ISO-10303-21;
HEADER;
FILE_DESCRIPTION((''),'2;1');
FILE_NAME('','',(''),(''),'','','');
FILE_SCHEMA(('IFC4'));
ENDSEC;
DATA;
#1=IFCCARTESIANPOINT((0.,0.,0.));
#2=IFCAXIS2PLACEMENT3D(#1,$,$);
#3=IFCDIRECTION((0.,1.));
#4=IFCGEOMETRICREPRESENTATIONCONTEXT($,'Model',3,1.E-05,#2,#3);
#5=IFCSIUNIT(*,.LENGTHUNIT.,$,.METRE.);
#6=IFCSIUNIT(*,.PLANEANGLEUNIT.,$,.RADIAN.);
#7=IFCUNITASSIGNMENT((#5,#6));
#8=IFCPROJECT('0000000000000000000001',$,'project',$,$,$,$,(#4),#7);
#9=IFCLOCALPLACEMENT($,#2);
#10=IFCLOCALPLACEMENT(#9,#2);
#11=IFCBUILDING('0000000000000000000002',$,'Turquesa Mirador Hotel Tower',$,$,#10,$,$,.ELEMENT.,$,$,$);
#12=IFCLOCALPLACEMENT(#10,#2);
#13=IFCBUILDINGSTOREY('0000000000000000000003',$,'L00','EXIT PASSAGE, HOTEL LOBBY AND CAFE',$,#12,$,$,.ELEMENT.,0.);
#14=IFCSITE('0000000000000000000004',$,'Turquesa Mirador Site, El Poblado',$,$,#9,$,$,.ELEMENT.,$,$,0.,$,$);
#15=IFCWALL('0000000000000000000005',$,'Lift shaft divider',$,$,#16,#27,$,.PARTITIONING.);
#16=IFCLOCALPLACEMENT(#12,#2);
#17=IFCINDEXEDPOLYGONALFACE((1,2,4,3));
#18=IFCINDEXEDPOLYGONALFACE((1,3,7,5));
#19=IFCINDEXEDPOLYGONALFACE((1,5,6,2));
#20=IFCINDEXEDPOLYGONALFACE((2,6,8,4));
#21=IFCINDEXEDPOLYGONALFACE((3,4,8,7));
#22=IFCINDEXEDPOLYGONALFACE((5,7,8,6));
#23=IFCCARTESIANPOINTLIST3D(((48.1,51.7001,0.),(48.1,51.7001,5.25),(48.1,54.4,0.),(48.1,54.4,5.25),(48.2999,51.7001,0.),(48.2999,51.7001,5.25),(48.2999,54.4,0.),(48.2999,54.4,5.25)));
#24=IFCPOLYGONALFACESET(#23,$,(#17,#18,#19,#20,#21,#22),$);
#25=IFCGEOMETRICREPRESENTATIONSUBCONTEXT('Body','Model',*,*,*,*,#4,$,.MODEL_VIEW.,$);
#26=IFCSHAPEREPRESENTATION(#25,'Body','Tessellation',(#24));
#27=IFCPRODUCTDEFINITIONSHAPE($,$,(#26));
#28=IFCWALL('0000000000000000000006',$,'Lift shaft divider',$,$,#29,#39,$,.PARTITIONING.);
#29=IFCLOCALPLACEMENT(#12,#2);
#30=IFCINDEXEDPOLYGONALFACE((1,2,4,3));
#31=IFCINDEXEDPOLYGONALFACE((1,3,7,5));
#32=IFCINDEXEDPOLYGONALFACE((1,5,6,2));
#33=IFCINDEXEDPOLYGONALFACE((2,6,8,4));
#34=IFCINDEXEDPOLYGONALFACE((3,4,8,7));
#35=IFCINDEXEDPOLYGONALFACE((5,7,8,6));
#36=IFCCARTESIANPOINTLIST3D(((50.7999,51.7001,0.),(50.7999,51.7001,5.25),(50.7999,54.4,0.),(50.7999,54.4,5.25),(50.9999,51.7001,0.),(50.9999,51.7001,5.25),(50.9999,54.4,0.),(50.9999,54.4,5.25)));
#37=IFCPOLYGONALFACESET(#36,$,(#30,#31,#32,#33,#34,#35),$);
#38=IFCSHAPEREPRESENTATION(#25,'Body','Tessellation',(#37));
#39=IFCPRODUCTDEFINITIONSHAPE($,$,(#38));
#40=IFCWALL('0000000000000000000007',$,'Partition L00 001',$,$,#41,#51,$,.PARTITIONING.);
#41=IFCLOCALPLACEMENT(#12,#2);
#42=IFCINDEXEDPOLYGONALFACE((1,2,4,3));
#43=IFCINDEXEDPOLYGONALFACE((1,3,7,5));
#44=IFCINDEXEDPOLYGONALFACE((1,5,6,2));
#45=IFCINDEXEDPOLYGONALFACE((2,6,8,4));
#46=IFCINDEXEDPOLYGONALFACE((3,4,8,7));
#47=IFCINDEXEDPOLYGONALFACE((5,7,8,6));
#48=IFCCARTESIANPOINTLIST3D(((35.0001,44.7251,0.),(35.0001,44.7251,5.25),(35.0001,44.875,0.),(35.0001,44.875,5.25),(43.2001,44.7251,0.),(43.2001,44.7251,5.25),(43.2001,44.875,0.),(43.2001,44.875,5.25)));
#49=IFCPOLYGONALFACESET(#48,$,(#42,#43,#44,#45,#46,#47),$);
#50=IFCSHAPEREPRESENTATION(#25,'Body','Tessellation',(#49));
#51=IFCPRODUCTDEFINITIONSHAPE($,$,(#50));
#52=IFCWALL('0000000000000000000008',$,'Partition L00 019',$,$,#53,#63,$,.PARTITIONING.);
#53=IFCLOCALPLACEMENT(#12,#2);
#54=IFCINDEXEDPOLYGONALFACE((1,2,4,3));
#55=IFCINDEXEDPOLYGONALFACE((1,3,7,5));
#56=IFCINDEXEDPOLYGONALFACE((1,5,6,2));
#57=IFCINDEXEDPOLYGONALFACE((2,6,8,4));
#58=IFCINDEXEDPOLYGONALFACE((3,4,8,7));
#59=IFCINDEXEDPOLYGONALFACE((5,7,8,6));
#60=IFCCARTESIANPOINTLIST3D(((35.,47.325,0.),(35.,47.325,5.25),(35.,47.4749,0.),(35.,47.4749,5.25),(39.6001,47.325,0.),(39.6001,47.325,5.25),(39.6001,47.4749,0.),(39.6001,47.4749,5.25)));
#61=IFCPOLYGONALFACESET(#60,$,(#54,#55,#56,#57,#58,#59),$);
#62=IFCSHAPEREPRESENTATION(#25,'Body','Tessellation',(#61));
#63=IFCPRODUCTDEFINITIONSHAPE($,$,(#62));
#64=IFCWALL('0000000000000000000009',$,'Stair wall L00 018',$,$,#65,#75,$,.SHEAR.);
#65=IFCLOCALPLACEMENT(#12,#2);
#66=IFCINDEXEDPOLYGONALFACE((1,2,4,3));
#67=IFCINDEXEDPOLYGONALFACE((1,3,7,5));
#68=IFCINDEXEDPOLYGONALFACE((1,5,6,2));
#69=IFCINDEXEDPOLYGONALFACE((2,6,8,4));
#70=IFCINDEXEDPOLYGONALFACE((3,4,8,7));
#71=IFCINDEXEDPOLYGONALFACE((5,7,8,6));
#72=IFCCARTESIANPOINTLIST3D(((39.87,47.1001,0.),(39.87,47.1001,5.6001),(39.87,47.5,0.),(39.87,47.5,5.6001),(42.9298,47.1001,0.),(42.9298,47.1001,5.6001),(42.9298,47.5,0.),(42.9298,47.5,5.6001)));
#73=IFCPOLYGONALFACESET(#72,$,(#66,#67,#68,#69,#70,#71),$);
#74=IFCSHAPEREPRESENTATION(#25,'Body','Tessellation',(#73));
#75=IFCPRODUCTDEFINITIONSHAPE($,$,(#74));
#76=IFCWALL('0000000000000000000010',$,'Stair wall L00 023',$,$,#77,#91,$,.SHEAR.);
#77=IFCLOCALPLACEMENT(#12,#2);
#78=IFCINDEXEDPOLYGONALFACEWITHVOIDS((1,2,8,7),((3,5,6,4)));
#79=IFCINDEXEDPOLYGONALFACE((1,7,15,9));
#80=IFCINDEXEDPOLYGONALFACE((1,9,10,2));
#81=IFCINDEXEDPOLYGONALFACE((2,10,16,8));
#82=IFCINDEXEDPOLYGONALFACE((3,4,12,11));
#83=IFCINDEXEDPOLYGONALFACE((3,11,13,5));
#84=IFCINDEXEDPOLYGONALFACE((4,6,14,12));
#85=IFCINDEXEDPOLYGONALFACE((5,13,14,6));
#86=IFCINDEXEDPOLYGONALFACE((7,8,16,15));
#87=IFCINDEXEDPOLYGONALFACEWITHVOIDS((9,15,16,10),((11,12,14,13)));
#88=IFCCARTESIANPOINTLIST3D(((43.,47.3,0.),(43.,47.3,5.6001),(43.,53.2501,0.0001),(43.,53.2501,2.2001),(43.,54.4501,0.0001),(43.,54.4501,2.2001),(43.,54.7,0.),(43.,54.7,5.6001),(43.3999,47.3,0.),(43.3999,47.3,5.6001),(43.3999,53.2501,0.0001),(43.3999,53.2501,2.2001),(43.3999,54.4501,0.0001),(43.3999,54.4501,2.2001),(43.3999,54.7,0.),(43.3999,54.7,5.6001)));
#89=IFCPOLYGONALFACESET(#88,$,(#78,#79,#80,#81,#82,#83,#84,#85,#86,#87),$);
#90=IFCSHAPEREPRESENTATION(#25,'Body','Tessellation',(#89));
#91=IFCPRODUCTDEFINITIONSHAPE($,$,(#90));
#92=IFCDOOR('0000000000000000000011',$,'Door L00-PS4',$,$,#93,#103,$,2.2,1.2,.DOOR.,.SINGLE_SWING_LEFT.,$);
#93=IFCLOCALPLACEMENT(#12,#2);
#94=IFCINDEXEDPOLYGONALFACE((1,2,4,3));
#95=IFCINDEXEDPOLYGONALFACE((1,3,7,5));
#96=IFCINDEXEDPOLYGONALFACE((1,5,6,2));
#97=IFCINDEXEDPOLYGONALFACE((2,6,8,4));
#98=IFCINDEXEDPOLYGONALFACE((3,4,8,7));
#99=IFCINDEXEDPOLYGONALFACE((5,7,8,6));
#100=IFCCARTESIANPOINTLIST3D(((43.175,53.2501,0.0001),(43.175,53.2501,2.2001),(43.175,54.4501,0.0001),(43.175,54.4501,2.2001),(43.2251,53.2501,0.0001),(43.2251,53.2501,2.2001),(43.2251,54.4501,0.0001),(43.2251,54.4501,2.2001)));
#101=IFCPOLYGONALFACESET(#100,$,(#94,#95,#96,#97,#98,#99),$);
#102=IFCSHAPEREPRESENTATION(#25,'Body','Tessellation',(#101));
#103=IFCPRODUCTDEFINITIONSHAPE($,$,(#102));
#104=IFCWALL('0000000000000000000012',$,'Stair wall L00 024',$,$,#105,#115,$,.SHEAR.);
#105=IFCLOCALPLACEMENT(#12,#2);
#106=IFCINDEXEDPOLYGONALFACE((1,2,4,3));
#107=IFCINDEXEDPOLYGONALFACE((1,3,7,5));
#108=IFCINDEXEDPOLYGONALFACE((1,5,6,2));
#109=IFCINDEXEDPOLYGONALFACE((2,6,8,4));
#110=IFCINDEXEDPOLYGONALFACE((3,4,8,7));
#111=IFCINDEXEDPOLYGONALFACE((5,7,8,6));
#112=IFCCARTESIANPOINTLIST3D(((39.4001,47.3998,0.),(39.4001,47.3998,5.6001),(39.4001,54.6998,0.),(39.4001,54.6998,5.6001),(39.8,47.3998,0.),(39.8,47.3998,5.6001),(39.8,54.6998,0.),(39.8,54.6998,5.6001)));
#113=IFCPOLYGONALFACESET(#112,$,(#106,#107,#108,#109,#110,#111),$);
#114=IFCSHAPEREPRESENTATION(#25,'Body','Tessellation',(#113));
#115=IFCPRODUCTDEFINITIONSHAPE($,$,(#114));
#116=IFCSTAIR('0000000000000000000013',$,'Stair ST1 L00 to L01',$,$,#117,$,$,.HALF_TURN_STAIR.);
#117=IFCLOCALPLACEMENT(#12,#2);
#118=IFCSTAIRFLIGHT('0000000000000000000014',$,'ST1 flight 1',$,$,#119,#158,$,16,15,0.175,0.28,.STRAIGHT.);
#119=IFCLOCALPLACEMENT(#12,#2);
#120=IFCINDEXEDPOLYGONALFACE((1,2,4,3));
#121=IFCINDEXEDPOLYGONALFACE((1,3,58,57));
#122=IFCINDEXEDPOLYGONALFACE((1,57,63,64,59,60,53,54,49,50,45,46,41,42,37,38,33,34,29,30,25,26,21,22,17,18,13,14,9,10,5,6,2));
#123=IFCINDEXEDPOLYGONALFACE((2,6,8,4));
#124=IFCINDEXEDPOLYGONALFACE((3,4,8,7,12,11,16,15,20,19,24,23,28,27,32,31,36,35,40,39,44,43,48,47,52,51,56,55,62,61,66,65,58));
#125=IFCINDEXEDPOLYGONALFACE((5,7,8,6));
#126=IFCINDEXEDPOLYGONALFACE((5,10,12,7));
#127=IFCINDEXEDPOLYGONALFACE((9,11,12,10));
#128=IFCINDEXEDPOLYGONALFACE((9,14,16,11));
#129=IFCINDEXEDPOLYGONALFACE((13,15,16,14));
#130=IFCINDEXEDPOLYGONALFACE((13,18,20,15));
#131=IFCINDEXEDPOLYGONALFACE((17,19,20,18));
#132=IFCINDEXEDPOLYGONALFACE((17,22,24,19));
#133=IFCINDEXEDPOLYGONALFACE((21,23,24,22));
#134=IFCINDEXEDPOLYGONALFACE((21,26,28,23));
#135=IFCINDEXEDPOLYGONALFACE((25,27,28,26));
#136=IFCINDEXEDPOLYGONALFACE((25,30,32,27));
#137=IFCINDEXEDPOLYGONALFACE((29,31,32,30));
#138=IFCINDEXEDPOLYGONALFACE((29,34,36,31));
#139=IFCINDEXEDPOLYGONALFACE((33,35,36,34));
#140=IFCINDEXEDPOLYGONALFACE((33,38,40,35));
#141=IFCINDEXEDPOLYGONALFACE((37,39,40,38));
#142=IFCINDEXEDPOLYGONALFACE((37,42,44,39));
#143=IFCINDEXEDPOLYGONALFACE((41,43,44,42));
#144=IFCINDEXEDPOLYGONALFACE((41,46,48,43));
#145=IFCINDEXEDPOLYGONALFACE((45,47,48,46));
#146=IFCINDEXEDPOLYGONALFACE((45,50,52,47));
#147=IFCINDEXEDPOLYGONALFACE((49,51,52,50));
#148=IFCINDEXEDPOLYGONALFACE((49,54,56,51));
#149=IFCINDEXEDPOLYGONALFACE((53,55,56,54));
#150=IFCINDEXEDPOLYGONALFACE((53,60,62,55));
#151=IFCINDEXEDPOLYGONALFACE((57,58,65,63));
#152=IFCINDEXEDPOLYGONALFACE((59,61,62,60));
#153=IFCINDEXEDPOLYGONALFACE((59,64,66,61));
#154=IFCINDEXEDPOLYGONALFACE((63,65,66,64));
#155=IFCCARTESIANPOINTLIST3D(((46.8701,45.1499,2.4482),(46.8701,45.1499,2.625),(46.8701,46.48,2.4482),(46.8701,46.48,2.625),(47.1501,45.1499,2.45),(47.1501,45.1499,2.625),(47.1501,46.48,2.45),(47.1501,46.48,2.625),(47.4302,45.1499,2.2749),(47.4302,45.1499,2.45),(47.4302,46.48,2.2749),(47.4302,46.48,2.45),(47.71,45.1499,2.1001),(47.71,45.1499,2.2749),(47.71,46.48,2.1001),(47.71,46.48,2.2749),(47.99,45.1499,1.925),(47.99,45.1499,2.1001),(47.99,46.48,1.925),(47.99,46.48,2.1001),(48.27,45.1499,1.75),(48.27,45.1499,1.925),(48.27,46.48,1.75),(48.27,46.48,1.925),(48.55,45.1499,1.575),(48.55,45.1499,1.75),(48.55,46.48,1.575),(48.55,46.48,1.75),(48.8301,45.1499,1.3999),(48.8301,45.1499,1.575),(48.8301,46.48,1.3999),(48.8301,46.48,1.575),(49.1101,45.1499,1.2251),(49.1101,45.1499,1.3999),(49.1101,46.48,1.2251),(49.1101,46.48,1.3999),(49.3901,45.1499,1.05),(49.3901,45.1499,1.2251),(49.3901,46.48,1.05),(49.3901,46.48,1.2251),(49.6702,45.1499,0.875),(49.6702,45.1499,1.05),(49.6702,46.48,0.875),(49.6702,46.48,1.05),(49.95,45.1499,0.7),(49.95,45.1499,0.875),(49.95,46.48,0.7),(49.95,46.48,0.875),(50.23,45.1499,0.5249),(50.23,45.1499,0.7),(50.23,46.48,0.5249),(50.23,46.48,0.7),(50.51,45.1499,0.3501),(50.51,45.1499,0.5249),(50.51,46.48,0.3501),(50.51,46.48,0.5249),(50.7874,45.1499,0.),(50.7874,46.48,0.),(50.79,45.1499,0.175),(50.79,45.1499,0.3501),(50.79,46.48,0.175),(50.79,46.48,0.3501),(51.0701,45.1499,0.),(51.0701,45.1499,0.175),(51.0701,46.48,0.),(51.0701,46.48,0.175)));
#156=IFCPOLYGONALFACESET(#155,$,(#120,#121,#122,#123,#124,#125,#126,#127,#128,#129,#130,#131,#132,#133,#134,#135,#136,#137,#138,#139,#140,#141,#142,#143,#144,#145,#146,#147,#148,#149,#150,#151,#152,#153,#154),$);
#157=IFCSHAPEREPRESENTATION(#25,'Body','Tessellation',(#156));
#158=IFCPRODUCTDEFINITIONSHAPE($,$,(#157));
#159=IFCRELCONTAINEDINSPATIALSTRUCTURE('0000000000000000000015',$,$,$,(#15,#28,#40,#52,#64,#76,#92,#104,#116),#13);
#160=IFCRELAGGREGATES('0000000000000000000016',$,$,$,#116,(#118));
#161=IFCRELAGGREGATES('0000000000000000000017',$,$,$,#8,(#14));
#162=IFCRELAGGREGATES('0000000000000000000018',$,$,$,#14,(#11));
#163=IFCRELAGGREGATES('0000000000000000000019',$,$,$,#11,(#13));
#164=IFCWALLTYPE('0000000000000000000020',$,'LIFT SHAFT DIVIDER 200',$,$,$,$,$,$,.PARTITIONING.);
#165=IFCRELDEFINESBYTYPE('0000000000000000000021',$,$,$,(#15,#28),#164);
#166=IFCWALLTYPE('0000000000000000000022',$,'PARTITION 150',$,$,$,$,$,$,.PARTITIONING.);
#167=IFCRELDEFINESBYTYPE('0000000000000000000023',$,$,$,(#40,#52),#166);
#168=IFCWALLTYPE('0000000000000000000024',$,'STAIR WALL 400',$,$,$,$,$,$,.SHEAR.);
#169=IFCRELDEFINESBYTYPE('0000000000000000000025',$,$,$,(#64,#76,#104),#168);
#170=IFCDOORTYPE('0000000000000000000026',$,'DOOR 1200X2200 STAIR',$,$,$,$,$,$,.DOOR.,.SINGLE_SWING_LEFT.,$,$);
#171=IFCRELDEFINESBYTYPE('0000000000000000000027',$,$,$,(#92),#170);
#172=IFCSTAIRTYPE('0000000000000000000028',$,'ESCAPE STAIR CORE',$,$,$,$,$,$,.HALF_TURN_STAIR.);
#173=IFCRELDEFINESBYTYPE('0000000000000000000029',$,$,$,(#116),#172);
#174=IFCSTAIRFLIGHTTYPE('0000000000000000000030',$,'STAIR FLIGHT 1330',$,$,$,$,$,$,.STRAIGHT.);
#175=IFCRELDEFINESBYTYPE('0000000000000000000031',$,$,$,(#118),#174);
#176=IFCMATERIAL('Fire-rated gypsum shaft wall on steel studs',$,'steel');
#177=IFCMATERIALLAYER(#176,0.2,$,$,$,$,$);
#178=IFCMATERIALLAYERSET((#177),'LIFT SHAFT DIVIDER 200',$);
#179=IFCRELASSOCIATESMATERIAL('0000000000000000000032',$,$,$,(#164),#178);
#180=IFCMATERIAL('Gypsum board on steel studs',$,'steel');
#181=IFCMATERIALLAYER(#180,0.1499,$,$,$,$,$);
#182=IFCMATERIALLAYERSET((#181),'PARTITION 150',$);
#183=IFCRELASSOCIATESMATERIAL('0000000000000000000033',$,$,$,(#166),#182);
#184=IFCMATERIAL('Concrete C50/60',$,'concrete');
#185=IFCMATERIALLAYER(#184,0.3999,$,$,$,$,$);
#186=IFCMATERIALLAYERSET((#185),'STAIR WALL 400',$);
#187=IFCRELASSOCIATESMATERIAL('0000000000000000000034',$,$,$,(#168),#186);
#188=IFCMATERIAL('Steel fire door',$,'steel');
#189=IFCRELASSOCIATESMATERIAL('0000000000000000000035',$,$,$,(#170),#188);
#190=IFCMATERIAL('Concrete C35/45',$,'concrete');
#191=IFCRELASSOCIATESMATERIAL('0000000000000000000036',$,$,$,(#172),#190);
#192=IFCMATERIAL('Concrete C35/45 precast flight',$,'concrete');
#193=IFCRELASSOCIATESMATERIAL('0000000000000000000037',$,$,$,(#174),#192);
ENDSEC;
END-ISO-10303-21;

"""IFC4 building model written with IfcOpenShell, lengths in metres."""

from ifc_helpers import new_model, si_unit, direction, frame, frame_2d, origin, place, context, subcontext, project, spatial, polyline, rectangle, outline, extrude, material, layer, layer_set, type_object, element, fill, aggregate, save


model = new_model("IFC4")

# Units and contexts
model_context = context("Model", 3, precision=1e-05, world=origin(), true_north=direction((0.0, 1.0)))
body_context = subcontext(model_context, "Body", "Model", "MODEL_VIEW")
ifc_project = project(units=[si_unit("LENGTHUNIT", "METRE"), si_unit("PLANEANGLEUNIT", "RADIAN")], contexts=[model_context])

# Site, building, storey
site_placement = place(None, origin())
site = spatial("IfcSite", under=ifc_project, at=site_placement, Name="Turquesa Mirador Site, El Poblado", CompositionType="ELEMENT", RefElevation=0.0)
building_placement = place(site_placement, origin())
building = spatial("IfcBuilding", under=site, at=building_placement, Name="Turquesa Mirador Hotel Tower", CompositionType="ELEMENT")
storey_placement = place(building_placement, origin())
storey = spatial("IfcBuildingStorey", under=building, at=storey_placement, Name="L00", Description="EXIT PASSAGE, HOTEL LOBBY AND CAFE", CompositionType="ELEMENT", Elevation=0.0)

# Walls
ifc_material_1 = material(Name="Fire-rated gypsum shaft wall on steel studs", Category="steel")
ifc_layer_1 = layer(ifc_material_1, 0.2)
ifc_layer_set_1 = layer_set([ifc_layer_1], Name="LIFT SHAFT DIVIDER 200")
wall_type_1 = type_object("IfcWallType", Name="LIFT SHAFT DIVIDER 200", PredefinedType="PARTITIONING", material=ifc_layer_set_1)
for number, where, z_axis, x_axis, name in (
    (1, (48.2, 51.7, 0.0), (0.0, 0.0, 1.0), (0.0, 1.0, 0.0), "Lift shaft divider"),
    (2, (50.8999, 51.7, 0.0), (0.0, 0.0, 1.0), (0.0, 1.0, 0.0), "Lift shaft divider"),
):
    element("IfcWall", number, at=place(storey_placement, frame(where, z_axis=z_axis, x_axis=x_axis)), inside=storey, type_object=wall_type_1, Name=name, PredefinedType="PARTITIONING", context=body_context, shape_type="SweptSolid", body=[
        extrude(rectangle(XDim=2.7, YDim=0.2, at=frame_2d((1.3501, 0.0))), origin(), (0.0, 0.0, 1.0), 5.25),
    ])
ifc_material_2 = material(Name="Gypsum board on steel studs", Category="steel")
ifc_layer_2 = layer(ifc_material_2, 0.1499)
ifc_layer_set_2 = layer_set([ifc_layer_2], Name="PARTITION 150")
wall_type_2 = type_object("IfcWallType", Name="PARTITION 150", PredefinedType="PARTITIONING", material=ifc_layer_set_2)
wall_1_placement = place(storey_placement, frame((35.0, 44.8, 0.0), z_axis=(0.0, 0.0, 1.0), x_axis=(1.0, 0.0, 0.0)))
element("IfcWall", 3, at=wall_1_placement, inside=storey, type_object=wall_type_2, Name="Partition L00 001", PredefinedType="PARTITIONING", context=body_context, shape_type="SweptSolid", body=[
    extrude(rectangle(XDim=8.2, YDim=0.1499, at=frame_2d((4.1001, 0.0))), origin(), (0.0, 0.0, 1.0), 5.25),
])
wall_2_placement = place(storey_placement, frame((35.0, 47.3999, 0.0), z_axis=(0.0, 0.0, 1.0), x_axis=(1.0, 0.0, 0.0)))
element("IfcWall", 4, at=wall_2_placement, inside=storey, type_object=wall_type_2, Name="Partition L00 019", PredefinedType="PARTITIONING", context=body_context, shape_type="SweptSolid", body=[
    extrude(rectangle(XDim=4.6001, YDim=0.1499, at=frame_2d((2.3, 0.0))), origin(), (0.0, 0.0, 1.0), 5.25),
])
ifc_material_3 = material(Name="Concrete C50/60", Category="concrete")
ifc_layer_3 = layer(ifc_material_3, 0.3999)
ifc_layer_set_3 = layer_set([ifc_layer_3], Name="STAIR WALL 400")
wall_type_3 = type_object("IfcWallType", Name="STAIR WALL 400", PredefinedType="SHEAR", material=ifc_layer_set_3)
wall_3_placement = place(storey_placement, frame((39.8701, 47.3, 0.0), z_axis=(0.0, 0.0, 1.0), x_axis=(1.0, 0.0, 0.0)))
element("IfcWall", 5, at=wall_3_placement, inside=storey, type_object=wall_type_3, Name="Stair wall L00 018", PredefinedType="SHEAR", context=body_context, shape_type="SweptSolid", body=[
    extrude(rectangle(XDim=3.0598, YDim=0.3999, at=frame_2d((1.5298, 0.0))), origin(), (0.0, 0.0, 1.0), 5.6001),
])

# Wall, opening, door
wall_4_placement = place(storey_placement, frame((43.2, 47.3, 0.0), z_axis=(0.0, 0.0, 1.0), x_axis=(0.0, 1.0, 0.0)))
wall_4 = element("IfcWall", 6, at=wall_4_placement, inside=storey, type_object=wall_type_3, Name="Stair wall L00 023", PredefinedType="SHEAR", context=body_context, shape_type="SweptSolid", body=[
    extrude(rectangle(XDim=7.3999, YDim=0.3999, at=frame_2d((3.7, 0.0))), origin(), (0.0, 0.0, 1.0), 5.6001),
])
opening_1_placement = place(wall_4_placement, frame((5.95, 0.0, 0.0)))
opening_1 = element("IfcOpeningElement", 7, at=opening_1_placement, cuts=wall_4, PredefinedType="OPENING", context=body_context, shape_type="SweptSolid", body=[
    extrude(rectangle(XDim=1.2, YDim=2.2, at=frame_2d((0.6001, 1.1001))), frame((0.0, 0.21, 0.0), z_axis=(0.0, -1.0, 0.0), x_axis=(1.0, 0.0, 0.0)), (0.0, 0.0, 1.0), 0.4199),
])
ifc_material_4 = material(Name="Steel fire door", Category="steel")
door_type_1 = type_object("IfcDoorType", Name="DOOR 1200X2200 STAIR", OperationType="SINGLE_SWING_LEFT", PredefinedType="DOOR", material=ifc_material_4)
door_1_placement = place(opening_1_placement, origin())
door_1 = element("IfcDoor", 8, at=door_1_placement, inside=storey, type_object=door_type_1, Name="Door L00-PS4", OperationType="SINGLE_SWING_LEFT", OverallHeight=2.2, OverallWidth=1.2, PredefinedType="DOOR", context=body_context, shape_type="SweptSolid", body=[
    extrude(rectangle(XDim=1.2, YDim=2.2, at=frame_2d((0.6001, 1.1001))), frame((0.0, 0.0249, 0.0), z_axis=(0.0, -1.0, 0.0), x_axis=(1.0, 0.0, 0.0)), (0.0, 0.0, 1.0), 0.05),
])
fill(opening_1, door_1)

# Wall
wall_5_placement = place(storey_placement, frame((39.6001, 47.3999, 0.0), z_axis=(0.0, 0.0, 1.0), x_axis=(0.0, 1.0, 0.0)))
element("IfcWall", 9, at=wall_5_placement, inside=storey, type_object=wall_type_3, Name="Stair wall L00 024", PredefinedType="SHEAR", context=body_context, shape_type="SweptSolid", body=[
    extrude(rectangle(XDim=7.3, YDim=0.3999, at=frame_2d((3.6499, 0.0))), origin(), (0.0, 0.0, 1.0), 5.6001),
])

# Stair, stair flight
ifc_material_5 = material(Name="Concrete C35/45", Category="concrete")
stair_type_1 = type_object("IfcStairType", Name="ESCAPE STAIR CORE", PredefinedType="HALF_TURN_STAIR", material=ifc_material_5)
stair_1_placement = place(storey_placement, origin())
stair_1 = element("IfcStair", 10, at=stair_1_placement, inside=storey, type_object=stair_type_1, Name="Stair ST1 L00 to L01", PredefinedType="HALF_TURN_STAIR")
ifc_material_6 = material(Name="Concrete C35/45 precast flight", Category="concrete")
stair_flight_type_1 = type_object("IfcStairFlightType", Name="STAIR FLIGHT 1330", PredefinedType="STRAIGHT", material=ifc_material_6)
stair_flight_1_placement = place(storey_placement, frame((51.0701, 45.8149, 0.0), z_axis=(0.0, 0.0, 1.0), x_axis=(-1.0, 0.0, 0.0)))
stair_flight_1 = element("IfcStairFlight", 11, at=stair_flight_1_placement, type_object=stair_flight_type_1, Name="ST1 flight 1", NumberOfRisers=16, NumberOfTreads=15, PredefinedType="STRAIGHT", RiserHeight=0.175, TreadLength=0.28, context=body_context, shape_type="SweptSolid", body=[
    extrude(outline(polyline([(0.0, 0.0), (0.0, 0.175), (0.28, 0.175), (0.28, 0.3501), (0.5601, 0.3501), (0.5601, 0.5249), (0.8401, 0.5249), (0.8401, 0.7), (1.1201, 0.7), (1.1201, 0.875), (1.3999, 0.875), (1.3999, 1.05), (1.6799, 1.05), (1.6799, 1.2251), (1.96, 1.2251), (1.96, 1.3999), (2.24, 1.3999), (2.24, 1.575), (2.52, 1.575), (2.52, 1.75), (2.8, 1.75), (2.8, 1.925), (3.0801, 1.925), (3.0801, 2.1001), (3.3601, 2.1001), (3.3601, 2.2749), (3.6399, 2.2749), (3.6399, 2.45), (3.9199, 2.45), (3.9199, 2.625), (4.2, 2.625), (4.2, 2.8), (4.2, 2.4482), (0.2827, 0.0), (0.0, 0.0)])), frame((0.0, 0.665, 0.0), z_axis=(0.0, -1.0, 0.0), x_axis=(1.0, 0.0, 0.0)), (0.0, 0.0, 1.0), 1.3301),
])
aggregate(stair_1, [stair_flight_1])

save(model, "model.ifc")
